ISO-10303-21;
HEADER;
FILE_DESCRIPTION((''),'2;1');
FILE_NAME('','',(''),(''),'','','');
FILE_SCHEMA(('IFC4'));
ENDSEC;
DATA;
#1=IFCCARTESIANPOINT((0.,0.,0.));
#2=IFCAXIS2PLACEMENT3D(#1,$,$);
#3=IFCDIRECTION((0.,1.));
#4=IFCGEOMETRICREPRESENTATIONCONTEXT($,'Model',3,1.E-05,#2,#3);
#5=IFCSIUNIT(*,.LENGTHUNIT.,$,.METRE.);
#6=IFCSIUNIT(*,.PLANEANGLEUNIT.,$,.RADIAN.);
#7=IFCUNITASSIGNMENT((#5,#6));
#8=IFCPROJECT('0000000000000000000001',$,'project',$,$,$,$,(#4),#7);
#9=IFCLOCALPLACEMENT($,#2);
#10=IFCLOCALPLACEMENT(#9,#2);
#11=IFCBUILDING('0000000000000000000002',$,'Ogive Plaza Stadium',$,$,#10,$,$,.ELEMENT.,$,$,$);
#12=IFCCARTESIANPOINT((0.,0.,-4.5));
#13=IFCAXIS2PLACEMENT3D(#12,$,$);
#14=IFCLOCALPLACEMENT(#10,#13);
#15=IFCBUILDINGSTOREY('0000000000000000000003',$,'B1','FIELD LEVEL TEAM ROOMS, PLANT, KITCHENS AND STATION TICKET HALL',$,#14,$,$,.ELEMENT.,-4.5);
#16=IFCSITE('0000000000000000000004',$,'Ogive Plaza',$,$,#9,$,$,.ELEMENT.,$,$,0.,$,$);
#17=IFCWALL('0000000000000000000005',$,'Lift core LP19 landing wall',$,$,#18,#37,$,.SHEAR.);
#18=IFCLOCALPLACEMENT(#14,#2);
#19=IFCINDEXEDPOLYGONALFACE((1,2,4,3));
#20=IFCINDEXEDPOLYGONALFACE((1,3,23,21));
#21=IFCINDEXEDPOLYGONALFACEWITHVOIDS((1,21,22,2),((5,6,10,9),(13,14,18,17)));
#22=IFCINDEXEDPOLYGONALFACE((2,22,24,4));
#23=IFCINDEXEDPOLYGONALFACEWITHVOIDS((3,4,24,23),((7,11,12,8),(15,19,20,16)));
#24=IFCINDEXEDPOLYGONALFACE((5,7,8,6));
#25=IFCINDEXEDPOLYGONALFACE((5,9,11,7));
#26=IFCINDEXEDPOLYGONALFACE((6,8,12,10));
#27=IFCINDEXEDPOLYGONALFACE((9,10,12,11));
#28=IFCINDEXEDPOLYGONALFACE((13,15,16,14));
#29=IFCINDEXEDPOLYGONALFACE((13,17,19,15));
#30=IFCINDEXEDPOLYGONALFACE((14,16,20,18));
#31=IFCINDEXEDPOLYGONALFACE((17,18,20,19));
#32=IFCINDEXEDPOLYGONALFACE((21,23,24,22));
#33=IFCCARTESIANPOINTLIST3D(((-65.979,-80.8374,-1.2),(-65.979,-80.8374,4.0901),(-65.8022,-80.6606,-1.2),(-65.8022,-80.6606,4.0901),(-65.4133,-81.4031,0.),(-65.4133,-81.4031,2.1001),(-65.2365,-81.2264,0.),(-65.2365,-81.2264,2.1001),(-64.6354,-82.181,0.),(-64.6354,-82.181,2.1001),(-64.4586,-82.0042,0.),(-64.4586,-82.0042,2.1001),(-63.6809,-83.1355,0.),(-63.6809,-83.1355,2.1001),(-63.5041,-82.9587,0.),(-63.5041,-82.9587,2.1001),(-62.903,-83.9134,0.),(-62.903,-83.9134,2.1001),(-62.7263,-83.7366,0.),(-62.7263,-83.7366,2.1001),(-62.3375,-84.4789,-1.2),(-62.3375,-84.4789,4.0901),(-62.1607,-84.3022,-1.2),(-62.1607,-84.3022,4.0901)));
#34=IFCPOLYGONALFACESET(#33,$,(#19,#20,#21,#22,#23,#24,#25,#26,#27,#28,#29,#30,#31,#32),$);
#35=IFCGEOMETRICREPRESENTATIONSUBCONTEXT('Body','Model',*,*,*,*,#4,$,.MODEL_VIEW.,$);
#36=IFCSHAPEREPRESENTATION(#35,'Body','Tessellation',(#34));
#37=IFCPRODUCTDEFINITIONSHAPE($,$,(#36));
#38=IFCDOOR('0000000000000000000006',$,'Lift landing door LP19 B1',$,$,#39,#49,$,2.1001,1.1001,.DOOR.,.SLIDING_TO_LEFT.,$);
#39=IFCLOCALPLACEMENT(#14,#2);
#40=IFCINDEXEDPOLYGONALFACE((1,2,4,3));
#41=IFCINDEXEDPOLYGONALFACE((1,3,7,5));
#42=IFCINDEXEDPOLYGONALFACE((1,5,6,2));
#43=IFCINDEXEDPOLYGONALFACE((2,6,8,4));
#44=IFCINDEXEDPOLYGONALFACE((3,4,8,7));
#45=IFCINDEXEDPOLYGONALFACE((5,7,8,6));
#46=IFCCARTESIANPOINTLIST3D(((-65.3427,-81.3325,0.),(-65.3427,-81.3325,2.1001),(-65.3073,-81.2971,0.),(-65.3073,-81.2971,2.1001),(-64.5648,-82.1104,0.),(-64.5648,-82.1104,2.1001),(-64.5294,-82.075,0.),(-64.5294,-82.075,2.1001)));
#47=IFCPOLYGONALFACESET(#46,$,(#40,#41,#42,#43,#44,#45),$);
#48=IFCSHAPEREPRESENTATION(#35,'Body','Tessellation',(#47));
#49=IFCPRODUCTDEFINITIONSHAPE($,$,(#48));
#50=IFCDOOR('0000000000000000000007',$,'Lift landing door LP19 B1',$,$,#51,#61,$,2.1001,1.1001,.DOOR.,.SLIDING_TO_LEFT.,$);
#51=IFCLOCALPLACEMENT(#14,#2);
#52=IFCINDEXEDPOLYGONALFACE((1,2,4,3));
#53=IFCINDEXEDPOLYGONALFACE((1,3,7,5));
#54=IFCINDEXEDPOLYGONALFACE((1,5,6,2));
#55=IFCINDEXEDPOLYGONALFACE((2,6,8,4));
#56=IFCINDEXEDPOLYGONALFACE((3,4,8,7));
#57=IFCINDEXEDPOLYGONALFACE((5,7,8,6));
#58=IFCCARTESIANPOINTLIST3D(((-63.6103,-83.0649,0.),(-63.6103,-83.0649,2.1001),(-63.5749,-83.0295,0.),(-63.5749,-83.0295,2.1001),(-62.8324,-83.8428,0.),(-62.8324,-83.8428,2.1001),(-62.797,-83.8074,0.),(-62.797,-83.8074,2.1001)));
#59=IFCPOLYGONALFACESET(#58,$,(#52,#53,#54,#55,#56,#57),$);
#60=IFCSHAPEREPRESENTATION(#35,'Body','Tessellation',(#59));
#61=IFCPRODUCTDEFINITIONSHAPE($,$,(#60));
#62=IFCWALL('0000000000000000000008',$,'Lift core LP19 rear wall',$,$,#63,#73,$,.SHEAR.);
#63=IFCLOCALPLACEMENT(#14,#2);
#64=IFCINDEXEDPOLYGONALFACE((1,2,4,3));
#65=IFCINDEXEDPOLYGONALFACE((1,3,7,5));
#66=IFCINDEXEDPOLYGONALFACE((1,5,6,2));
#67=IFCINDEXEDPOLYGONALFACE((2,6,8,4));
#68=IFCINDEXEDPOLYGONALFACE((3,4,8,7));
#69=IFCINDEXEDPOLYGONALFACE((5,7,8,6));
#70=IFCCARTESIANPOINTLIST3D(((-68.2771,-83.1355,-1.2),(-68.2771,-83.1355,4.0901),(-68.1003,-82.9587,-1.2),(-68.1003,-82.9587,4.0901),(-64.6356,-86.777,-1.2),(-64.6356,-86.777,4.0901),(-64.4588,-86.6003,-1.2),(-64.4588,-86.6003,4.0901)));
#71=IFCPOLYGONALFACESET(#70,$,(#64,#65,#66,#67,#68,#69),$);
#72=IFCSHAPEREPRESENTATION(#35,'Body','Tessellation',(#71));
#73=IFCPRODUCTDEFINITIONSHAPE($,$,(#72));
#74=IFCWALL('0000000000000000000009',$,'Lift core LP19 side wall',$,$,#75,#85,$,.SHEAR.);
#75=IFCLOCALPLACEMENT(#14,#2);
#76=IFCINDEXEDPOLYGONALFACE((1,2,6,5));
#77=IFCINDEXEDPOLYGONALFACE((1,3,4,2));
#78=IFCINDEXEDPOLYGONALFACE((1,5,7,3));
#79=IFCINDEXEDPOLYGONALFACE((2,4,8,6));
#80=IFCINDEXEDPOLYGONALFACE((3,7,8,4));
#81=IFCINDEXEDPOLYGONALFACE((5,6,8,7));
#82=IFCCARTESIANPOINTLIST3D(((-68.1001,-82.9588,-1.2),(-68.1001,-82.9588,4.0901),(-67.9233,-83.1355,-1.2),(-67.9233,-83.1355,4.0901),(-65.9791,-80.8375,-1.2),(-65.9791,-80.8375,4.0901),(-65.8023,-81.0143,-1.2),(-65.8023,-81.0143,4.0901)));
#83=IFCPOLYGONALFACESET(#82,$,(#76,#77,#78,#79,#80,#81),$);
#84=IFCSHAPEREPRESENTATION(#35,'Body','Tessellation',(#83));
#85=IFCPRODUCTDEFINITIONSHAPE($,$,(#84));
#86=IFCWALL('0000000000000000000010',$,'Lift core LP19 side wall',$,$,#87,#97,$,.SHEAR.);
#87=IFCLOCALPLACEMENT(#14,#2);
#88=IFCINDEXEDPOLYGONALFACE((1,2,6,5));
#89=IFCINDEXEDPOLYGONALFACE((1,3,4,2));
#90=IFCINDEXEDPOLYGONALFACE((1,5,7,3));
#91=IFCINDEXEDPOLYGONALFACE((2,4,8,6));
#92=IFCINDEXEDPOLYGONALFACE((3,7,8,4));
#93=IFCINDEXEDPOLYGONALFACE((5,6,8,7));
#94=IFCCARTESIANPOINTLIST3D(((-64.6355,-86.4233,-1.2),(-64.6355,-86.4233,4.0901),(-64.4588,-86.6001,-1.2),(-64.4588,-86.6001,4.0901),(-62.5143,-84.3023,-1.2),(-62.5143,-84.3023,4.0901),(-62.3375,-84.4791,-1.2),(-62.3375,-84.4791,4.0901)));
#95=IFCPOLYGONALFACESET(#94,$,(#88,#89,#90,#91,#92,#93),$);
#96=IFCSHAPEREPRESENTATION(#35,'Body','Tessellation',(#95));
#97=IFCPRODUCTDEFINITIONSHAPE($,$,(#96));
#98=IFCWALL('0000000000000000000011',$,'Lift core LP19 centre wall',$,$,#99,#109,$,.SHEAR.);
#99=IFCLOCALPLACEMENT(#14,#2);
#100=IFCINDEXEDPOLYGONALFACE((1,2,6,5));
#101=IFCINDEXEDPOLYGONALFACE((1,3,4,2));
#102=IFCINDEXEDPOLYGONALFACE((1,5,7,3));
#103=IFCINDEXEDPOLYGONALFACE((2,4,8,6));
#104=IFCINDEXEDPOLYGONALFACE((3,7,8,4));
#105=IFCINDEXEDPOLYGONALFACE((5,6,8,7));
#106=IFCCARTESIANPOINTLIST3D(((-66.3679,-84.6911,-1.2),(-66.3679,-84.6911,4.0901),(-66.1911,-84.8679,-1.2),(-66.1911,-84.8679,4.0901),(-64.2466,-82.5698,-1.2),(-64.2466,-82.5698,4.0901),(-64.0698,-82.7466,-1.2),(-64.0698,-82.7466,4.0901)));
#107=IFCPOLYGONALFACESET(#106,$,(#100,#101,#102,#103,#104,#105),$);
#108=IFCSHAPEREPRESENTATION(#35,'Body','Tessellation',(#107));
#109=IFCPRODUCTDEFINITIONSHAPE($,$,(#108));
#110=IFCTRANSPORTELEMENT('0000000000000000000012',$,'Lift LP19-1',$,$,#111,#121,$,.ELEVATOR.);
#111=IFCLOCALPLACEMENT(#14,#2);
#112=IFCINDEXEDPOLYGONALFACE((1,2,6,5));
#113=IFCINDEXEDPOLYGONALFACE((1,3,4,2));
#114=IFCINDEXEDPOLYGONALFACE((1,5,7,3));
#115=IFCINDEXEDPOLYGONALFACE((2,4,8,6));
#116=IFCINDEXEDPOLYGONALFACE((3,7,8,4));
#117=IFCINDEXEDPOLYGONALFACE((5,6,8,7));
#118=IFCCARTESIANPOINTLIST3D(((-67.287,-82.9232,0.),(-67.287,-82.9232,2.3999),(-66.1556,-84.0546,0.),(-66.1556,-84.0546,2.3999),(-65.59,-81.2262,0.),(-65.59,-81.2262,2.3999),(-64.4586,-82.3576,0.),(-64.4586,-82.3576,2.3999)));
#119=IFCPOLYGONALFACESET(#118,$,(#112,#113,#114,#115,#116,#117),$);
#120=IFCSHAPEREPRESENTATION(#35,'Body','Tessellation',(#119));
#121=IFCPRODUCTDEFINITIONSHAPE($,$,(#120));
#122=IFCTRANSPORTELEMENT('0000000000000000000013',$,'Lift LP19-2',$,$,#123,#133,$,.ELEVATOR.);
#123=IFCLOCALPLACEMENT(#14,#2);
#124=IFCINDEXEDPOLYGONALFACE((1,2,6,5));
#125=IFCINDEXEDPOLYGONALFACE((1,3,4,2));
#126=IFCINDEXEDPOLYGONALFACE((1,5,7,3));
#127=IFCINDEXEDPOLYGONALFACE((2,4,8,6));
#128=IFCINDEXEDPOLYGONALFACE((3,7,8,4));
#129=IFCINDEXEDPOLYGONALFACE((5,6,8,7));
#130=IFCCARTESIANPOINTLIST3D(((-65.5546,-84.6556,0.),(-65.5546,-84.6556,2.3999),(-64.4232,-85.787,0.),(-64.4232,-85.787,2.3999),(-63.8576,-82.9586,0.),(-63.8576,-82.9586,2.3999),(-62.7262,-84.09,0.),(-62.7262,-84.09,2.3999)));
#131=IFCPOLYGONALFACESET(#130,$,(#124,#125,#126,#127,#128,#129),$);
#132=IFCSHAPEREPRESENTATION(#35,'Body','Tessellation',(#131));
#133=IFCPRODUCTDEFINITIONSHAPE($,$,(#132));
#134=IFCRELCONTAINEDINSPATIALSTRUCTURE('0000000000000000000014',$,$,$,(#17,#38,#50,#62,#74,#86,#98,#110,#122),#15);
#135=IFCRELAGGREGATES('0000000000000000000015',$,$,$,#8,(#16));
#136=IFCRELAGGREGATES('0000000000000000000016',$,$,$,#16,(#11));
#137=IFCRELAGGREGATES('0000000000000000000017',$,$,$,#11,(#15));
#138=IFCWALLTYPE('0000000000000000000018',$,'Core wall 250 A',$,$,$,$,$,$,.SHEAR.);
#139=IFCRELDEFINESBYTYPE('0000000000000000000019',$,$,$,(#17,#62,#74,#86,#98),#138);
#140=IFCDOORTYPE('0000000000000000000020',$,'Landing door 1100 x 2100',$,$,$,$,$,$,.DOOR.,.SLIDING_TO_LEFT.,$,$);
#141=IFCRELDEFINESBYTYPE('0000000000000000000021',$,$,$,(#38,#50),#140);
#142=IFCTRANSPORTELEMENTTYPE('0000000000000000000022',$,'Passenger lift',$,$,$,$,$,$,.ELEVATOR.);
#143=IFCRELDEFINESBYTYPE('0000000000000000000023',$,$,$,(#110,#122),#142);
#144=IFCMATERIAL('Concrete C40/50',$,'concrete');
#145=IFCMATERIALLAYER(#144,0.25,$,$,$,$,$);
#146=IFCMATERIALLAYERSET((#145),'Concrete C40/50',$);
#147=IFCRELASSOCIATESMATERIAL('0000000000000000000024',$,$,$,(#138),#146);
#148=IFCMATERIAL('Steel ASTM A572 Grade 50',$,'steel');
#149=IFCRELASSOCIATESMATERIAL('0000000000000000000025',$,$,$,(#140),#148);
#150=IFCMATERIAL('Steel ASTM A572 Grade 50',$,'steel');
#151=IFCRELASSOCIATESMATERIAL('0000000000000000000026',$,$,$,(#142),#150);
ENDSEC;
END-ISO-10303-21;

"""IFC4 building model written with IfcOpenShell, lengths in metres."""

from ifc_helpers import new_model, si_unit, direction, frame, frame_2d, origin, origin_2d, place, context, subcontext, project, spatial, rectangle, extrude, material, layer, layer_set, type_object, element, fill, save


model = new_model("IFC4")

# Units and contexts
model_context = context("Model", 3, precision=1e-05, world=origin(), true_north=direction((0.0, 1.0)))
body_context = subcontext(model_context, "Body", "Model", "MODEL_VIEW")
ifc_project = project(units=[si_unit("LENGTHUNIT", "METRE"), si_unit("PLANEANGLEUNIT", "RADIAN")], contexts=[model_context])

# Site, building, storey
site_placement = place(None, origin())
site = spatial("IfcSite", under=ifc_project, at=site_placement, Name="Ogive Plaza", CompositionType="ELEMENT", RefElevation=0.0)
building_placement = place(site_placement, origin())
building = spatial("IfcBuilding", under=site, at=building_placement, Name="Ogive Plaza Stadium", CompositionType="ELEMENT")
storey_placement = place(building_placement, frame((0.0, 0.0, -4.5)))
storey = spatial("IfcBuildingStorey", under=building, at=storey_placement, Name="B1", Description="FIELD LEVEL TEAM ROOMS, PLANT, KITCHENS AND STATION TICKET HALL", CompositionType="ELEMENT", Elevation=-4.5)

# Wall, openings, doors
ifc_material_1 = material(Name="Concrete C40/50", Category="concrete")
ifc_layer_1 = layer(ifc_material_1, 0.25)
ifc_layer_set_1 = layer_set([ifc_layer_1], Name="Concrete C40/50")
wall_type_1 = type_object("IfcWallType", Name="Core wall 250 A", PredefinedType="SHEAR", material=ifc_layer_set_1)
wall_1_placement = place(storey_placement, frame((-65.8906, -80.749, -1.2), z_axis=(0.0, 0.0, 1.0), x_axis=(0.707107, -0.707107, 0.0)))
wall_1 = element("IfcWall", 1, at=wall_1_placement, inside=storey, type_object=wall_type_1, Name="Lift core LP19 landing wall", PredefinedType="SHEAR", context=body_context, shape_type="SweptSolid", body=[
    extrude(rectangle(XDim=5.1499, YDim=0.25, at=frame_2d((2.575, 0.0))), origin(), (0.0, 0.0, 1.0), 5.29),
])
opening_1_placement = place(wall_1_placement, frame((0.8, 0.0, 1.2)))
opening_1 = element("IfcOpeningElement", 2, at=opening_1_placement, cuts=wall_1, PredefinedType="OPENING", context=body_context, shape_type="SweptSolid", body=[
    extrude(rectangle(XDim=1.1001, YDim=2.1001, at=frame_2d((0.55, 1.05))), frame((0.0, 0.125, 0.0), z_axis=(0.0, -1.0, 0.0), x_axis=(1.0, 0.0, 0.0)), (0.0, 0.0, 1.0), 0.25),
])
opening_2_placement = place(wall_1_placement, frame((3.25, 0.0, 1.2)))
opening_2 = element("IfcOpeningElement", 3, at=opening_2_placement, cuts=wall_1, PredefinedType="OPENING", context=body_context, shape_type="SweptSolid", body=[
    extrude(rectangle(XDim=1.1001, YDim=2.1001, at=frame_2d((0.55, 1.05))), frame((0.0, 0.125, 0.0), z_axis=(0.0, -1.0, 0.0), x_axis=(1.0, 0.0, 0.0)), (0.0, 0.0, 1.0), 0.25),
])
ifc_material_2 = material(Name="Steel ASTM A572 Grade 50", Category="steel")
door_type = type_object("IfcDoorType", Name="Landing door 1100 x 2100", OperationType="SLIDING_TO_LEFT", PredefinedType="DOOR", material=ifc_material_2)
door_1_placement = place(opening_1_placement, origin())
door_1 = element("IfcDoor", 4, at=door_1_placement, inside=storey, type_object=door_type, Name="Lift landing door LP19 B1", OperationType="SLIDING_TO_LEFT", OverallHeight=2.1001, OverallWidth=1.1001, PredefinedType="DOOR", context=body_context, shape_type="SweptSolid", body=[
    extrude(rectangle(XDim=1.1001, YDim=2.1001, at=frame_2d((0.55, 1.05))), frame((0.0, 0.0249, 0.0), z_axis=(0.0, -1.0, 0.0), x_axis=(1.0, 0.0, 0.0)), (0.0, 0.0, 1.0), 0.05),
])
fill(opening_1, door_1)
door_2_placement = place(opening_2_placement, origin())
door_2 = element("IfcDoor", 5, at=door_2_placement, inside=storey, type_object=door_type, Name="Lift landing door LP19 B1", OperationType="SLIDING_TO_LEFT", OverallHeight=2.1001, OverallWidth=1.1001, PredefinedType="DOOR", context=body_context, shape_type="SweptSolid", body=[
    extrude(rectangle(XDim=1.1001, YDim=2.1001, at=frame_2d((0.55, 1.05))), frame((0.0, 0.0249, 0.0), z_axis=(0.0, -1.0, 0.0), x_axis=(1.0, 0.0, 0.0)), (0.0, 0.0, 1.0), 0.05),
])
fill(opening_2, door_2)

# Walls
wall_2_placement = place(storey_placement, frame((-68.1887, -83.0471, -1.2), z_axis=(0.0, 0.0, 1.0), x_axis=(0.707107, -0.707107, 0.0)))
element("IfcWall", 6, at=wall_2_placement, inside=storey, type_object=wall_type_1, Name="Lift core LP19 rear wall", PredefinedType="SHEAR", context=body_context, shape_type="SweptSolid", body=[
    extrude(rectangle(XDim=5.1499, YDim=0.25, at=frame_2d((2.575, 0.0))), origin(), (0.0, 0.0, 1.0), 5.29),
])
for number, where, z_axis, x_axis, name in (
    (7, (-65.8906, -80.9258, -1.2), (0.0, 0.0, 1.0), (-0.707066, -0.707147, 0.0), "Lift core LP19 side wall"),
    (8, (-62.4258, -84.3906, -1.2), (0.0, 0.0, 1.0), (-0.707147, -0.707066, 0.0), "Lift core LP19 side wall"),
):
    element("IfcWall", number, at=place(storey_placement, frame(where, z_axis=z_axis, x_axis=x_axis)), inside=storey, type_object=wall_type_1, Name=name, PredefinedType="SHEAR", context=body_context, shape_type="SweptSolid", body=[
        extrude(rectangle(XDim=2.9998, YDim=0.25, at=frame_2d((1.5, 0.0))), origin(), (0.0, 0.0, 1.0), 5.29),
    ])
wall_3_placement = place(storey_placement, frame((-64.1582, -82.6582, -1.2), z_axis=(0.0, 0.0, 1.0), x_axis=(-0.707107, -0.707107, 0.0)))
element("IfcWall", 9, at=wall_3_placement, inside=storey, type_object=wall_type_1, Name="Lift core LP19 centre wall", PredefinedType="SHEAR", context=body_context, shape_type="SweptSolid", body=[
    extrude(rectangle(XDim=3.0, YDim=0.25, at=frame_2d((1.5, 0.0))), origin(), (0.0, 0.0, 1.0), 5.29),
])

# Transport elements
ifc_material_3 = material(Name="Steel ASTM A572 Grade 50", Category="steel")
transport_element_type = type_object("IfcTransportElementType", Name="Passenger lift", PredefinedType="ELEVATOR", material=ifc_material_3)
for number, where, z_axis, x_axis, name in (
    (10, (-65.8728, -82.6404, 0.0), (0.0, 0.0, 1.0), (-0.707107, -0.707107, 0.0), "Lift LP19-1"),
    (11, (-64.1404, -84.3728, 0.0), (0.0, 0.0, 1.0), (-0.707107, -0.707107, 0.0), "Lift LP19-2"),
):
    element("IfcTransportElement", number, at=place(storey_placement, frame(where, z_axis=z_axis, x_axis=x_axis)), inside=storey, type_object=transport_element_type, Name=name, PredefinedType="ELEVATOR", context=body_context, shape_type="SweptSolid", body=[
        extrude(rectangle(XDim=2.3999, YDim=1.6001, at=origin_2d()), origin(), (0.0, 0.0, 1.0), 2.3999),
    ])

save(model, "model.ifc")
